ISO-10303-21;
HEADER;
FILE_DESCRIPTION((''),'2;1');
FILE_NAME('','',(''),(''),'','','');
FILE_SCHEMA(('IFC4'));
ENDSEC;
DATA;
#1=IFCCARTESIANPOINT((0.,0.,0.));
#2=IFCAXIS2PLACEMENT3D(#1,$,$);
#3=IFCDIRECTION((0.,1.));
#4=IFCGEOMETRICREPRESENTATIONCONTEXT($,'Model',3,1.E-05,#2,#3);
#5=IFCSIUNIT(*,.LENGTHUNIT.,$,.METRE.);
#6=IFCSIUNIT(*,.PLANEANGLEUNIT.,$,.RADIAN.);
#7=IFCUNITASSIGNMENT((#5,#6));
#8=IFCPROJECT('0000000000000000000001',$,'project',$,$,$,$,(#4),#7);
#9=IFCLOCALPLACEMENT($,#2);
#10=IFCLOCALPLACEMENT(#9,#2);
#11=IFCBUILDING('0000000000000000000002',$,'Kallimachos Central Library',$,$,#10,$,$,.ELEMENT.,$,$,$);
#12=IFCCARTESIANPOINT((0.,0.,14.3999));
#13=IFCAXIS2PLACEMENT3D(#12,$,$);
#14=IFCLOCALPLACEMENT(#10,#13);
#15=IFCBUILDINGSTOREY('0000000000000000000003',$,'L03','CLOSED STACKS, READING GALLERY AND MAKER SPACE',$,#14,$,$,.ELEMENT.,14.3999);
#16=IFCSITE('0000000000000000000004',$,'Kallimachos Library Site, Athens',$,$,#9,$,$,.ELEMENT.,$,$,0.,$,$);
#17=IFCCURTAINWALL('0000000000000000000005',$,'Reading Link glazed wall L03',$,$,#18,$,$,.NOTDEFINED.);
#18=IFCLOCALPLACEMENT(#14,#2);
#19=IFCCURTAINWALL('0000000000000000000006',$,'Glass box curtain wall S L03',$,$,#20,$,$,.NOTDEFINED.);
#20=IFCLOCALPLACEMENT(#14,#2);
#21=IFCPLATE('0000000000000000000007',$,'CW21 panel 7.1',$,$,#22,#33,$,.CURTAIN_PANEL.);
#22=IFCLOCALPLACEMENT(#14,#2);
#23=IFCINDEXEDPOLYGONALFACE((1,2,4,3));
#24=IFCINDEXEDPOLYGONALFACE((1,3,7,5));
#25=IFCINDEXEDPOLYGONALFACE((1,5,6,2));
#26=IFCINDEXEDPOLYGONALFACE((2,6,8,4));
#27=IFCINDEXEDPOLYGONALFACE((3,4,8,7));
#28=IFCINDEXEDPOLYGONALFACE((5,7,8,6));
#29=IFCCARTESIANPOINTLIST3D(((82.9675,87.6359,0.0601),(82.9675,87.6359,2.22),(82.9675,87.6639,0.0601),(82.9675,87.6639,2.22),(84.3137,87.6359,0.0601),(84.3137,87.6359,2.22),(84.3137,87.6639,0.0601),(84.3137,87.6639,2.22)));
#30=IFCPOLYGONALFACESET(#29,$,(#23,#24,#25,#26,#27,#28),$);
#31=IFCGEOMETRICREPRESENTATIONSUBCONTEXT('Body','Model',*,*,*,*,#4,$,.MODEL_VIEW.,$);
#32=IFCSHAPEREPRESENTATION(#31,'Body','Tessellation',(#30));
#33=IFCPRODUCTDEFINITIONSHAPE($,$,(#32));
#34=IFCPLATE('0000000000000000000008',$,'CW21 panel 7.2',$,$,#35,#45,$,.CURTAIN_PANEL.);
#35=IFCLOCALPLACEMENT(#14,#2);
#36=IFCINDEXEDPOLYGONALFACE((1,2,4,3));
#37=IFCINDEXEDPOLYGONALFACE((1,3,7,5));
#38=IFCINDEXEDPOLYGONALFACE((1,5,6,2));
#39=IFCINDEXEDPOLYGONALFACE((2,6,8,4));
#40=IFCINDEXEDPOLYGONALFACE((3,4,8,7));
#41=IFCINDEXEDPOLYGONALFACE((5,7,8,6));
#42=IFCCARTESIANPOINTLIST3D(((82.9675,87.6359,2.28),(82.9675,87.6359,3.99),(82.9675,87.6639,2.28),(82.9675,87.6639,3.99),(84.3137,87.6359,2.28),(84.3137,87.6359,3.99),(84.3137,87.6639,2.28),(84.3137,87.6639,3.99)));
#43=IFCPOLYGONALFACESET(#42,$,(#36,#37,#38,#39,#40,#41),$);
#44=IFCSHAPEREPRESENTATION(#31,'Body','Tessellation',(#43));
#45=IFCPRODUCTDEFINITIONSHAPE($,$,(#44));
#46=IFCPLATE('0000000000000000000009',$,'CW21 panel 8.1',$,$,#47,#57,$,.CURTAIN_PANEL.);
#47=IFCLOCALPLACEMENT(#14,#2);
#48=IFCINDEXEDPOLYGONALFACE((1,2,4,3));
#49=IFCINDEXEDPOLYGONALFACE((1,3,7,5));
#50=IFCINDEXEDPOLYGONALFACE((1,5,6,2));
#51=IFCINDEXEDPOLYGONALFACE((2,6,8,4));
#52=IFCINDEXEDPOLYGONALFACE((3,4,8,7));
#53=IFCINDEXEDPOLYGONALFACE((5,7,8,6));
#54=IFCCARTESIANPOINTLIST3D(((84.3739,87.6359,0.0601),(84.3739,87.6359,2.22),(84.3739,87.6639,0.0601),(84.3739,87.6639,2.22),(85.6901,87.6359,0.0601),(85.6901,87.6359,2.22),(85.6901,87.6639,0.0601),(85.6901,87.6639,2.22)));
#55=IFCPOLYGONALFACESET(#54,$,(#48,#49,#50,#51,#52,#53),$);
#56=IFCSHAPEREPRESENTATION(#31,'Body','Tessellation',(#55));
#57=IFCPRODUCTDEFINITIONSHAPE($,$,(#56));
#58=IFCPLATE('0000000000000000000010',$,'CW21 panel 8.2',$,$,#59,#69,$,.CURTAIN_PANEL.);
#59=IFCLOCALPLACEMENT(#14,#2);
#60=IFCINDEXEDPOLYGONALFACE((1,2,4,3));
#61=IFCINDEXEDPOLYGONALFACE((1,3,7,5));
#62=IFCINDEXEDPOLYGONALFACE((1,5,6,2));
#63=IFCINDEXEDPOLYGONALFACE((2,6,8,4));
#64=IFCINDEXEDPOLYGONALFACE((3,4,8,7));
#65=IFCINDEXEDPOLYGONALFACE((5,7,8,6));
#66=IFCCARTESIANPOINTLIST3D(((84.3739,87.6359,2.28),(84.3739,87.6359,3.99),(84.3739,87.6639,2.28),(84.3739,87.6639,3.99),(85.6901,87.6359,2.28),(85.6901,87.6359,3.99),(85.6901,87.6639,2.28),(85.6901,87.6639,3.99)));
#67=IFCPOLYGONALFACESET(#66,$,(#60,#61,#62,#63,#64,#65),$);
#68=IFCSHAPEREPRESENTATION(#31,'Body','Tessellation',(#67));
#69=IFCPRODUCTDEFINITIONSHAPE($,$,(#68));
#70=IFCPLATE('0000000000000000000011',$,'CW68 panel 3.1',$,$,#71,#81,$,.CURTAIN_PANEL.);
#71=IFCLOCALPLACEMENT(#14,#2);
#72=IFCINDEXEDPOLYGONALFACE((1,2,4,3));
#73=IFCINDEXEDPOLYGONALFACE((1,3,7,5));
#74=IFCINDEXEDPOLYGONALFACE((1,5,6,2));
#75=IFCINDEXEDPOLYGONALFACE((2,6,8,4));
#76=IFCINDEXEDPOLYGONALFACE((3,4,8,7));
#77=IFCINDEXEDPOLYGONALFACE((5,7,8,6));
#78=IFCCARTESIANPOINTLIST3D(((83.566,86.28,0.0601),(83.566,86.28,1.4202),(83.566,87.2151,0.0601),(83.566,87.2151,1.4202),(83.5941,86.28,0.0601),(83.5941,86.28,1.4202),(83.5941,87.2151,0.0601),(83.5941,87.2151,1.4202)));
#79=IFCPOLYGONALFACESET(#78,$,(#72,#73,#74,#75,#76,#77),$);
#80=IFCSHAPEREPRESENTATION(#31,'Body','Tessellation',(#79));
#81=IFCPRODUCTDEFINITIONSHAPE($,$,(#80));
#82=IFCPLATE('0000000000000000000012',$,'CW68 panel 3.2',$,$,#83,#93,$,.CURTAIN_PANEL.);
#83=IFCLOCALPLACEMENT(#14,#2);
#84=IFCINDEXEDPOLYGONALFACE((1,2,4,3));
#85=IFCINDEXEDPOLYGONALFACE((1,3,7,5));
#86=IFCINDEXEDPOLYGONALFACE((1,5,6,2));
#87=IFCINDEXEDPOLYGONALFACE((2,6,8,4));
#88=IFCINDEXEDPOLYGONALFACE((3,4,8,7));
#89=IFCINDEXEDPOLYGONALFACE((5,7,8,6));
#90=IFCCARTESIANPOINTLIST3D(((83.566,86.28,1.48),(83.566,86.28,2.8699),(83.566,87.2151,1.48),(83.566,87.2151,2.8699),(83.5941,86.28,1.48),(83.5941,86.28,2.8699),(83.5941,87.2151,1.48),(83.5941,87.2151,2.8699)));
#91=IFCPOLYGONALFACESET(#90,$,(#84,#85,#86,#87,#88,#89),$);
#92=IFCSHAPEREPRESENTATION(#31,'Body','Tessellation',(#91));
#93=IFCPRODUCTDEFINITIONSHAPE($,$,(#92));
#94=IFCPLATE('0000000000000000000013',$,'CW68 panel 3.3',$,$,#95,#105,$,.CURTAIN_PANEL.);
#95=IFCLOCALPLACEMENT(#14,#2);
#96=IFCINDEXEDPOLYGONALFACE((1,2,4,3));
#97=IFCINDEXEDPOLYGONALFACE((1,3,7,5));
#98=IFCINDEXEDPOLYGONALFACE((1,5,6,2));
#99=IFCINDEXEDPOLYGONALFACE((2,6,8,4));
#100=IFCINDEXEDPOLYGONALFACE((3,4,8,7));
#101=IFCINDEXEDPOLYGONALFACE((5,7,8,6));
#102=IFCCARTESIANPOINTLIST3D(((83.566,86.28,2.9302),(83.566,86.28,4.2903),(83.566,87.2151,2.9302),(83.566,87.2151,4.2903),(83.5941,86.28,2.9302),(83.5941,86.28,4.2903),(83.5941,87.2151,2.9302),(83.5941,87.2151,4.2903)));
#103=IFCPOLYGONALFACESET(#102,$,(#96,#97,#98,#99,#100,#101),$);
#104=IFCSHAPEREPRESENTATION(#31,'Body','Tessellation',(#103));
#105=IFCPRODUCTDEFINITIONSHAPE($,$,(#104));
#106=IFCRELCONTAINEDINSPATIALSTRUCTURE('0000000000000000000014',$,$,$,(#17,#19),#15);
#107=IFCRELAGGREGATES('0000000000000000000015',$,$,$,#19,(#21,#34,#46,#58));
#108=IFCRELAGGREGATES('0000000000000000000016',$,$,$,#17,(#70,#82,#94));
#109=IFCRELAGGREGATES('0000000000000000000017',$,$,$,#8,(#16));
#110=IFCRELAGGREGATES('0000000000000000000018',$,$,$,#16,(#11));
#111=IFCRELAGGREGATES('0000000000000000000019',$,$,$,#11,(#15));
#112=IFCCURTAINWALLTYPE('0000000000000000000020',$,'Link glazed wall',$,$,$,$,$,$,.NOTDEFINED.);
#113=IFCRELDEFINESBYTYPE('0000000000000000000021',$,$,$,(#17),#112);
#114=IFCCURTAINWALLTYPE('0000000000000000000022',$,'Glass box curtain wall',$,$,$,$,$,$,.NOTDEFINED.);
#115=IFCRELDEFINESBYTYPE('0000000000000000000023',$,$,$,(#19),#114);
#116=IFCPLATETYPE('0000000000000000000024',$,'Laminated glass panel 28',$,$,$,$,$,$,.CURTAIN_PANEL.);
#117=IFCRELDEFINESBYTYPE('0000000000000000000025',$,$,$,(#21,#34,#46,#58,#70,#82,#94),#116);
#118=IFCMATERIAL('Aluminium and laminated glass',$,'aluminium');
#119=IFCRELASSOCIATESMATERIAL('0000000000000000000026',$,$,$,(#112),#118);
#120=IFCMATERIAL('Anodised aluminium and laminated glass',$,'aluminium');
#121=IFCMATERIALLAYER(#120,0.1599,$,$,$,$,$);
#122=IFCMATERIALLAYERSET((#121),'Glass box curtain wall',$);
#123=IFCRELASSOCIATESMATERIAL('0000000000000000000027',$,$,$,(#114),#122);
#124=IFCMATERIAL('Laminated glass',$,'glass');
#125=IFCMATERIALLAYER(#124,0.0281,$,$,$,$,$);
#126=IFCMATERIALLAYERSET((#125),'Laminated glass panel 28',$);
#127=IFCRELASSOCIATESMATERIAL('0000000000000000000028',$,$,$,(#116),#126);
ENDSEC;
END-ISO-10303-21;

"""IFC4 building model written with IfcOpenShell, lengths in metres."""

from ifc_helpers import new_model, si_unit, direction, frame, origin, origin_2d, place, context, subcontext, project, spatial, rectangle, extrude, material, layer, layer_set, type_object, element, aggregate, save


model = new_model("IFC4")

# Units and contexts
model_context = context("Model", 3, precision=1e-05, world=origin(), true_north=direction((0.0, 1.0)))
body_context = subcontext(model_context, "Body", "Model", "MODEL_VIEW")
ifc_project = project(units=[si_unit("LENGTHUNIT", "METRE"), si_unit("PLANEANGLEUNIT", "RADIAN")], contexts=[model_context])

# Site, building, storey
site_placement = place(None, origin())
site = spatial("IfcSite", under=ifc_project, at=site_placement, Name="Kallimachos Library Site, Athens", CompositionType="ELEMENT", RefElevation=0.0)
building_placement = place(site_placement, origin())
building = spatial("IfcBuilding", under=site, at=building_placement, Name="Kallimachos Central Library", CompositionType="ELEMENT")
storey_placement = place(building_placement, frame((0.0, 0.0, 14.3999)))
storey = spatial("IfcBuildingStorey", under=building, at=storey_placement, Name="L03", Description="CLOSED STACKS, READING GALLERY AND MAKER SPACE", CompositionType="ELEMENT", Elevation=14.3999)

# Curtain walls
ifc_material_1 = material(Name="Aluminium and laminated glass", Category="aluminium")
curtain_wall_type_1 = type_object("IfcCurtainWallType", Name="Link glazed wall", PredefinedType="NOTDEFINED", material=ifc_material_1)
curtain_wall_1_placement = place(storey_placement, origin())
curtain_wall_1 = element("IfcCurtainWall", 1, at=curtain_wall_1_placement, inside=storey, type_object=curtain_wall_type_1, Name="Reading Link glazed wall L03", PredefinedType="NOTDEFINED")
ifc_material_2 = material(Name="Anodised aluminium and laminated glass", Category="aluminium")
ifc_layer_1 = layer(ifc_material_2, 0.1599)
ifc_layer_set_1 = layer_set([ifc_layer_1], Name="Glass box curtain wall")
curtain_wall_type_2 = type_object("IfcCurtainWallType", Name="Glass box curtain wall", PredefinedType="NOTDEFINED", material=ifc_layer_set_1)
curtain_wall_2_placement = place(storey_placement, origin())
curtain_wall_2 = element("IfcCurtainWall", 2, at=curtain_wall_2_placement, inside=storey, type_object=curtain_wall_type_2, Name="Glass box curtain wall S L03", PredefinedType="NOTDEFINED")

# Plates
ifc_material_3 = material(Name="Laminated glass", Category="glass")
ifc_layer_2 = layer(ifc_material_3, 0.0281)
ifc_layer_set_2 = layer_set([ifc_layer_2], Name="Laminated glass panel 28")
plate_type_1 = type_object("IfcPlateType", Name="Laminated glass panel 28", PredefinedType="CURTAIN_PANEL", material=ifc_layer_set_2)
plate_1_placement = place(storey_placement, frame((83.6406, 87.6499, 0.0601), z_axis=(0.0, 0.0, 1.0), x_axis=(1.0, 0.0, 0.0)))
plate_1 = element("IfcPlate", 3, at=plate_1_placement, type_object=plate_type_1, Name="CW21 panel 7.1", PredefinedType="CURTAIN_PANEL", context=body_context, shape_type="SweptSolid", body=[
    extrude(rectangle(XDim=1.3462, YDim=0.0281, at=origin_2d()), origin(), (0.0, 0.0, 1.0), 2.1599),
])
plate_2_placement = place(storey_placement, frame((83.6406, 87.6499, 2.28), z_axis=(0.0, 0.0, 1.0), x_axis=(1.0, 0.0, 0.0)))
plate_2 = element("IfcPlate", 4, at=plate_2_placement, type_object=plate_type_1, Name="CW21 panel 7.2", PredefinedType="CURTAIN_PANEL", context=body_context, shape_type="SweptSolid", body=[
    extrude(rectangle(XDim=1.3462, YDim=0.0281, at=origin_2d()), origin(), (0.0, 0.0, 1.0), 1.71),
])
plate_3_placement = place(storey_placement, frame((85.032, 87.6499, 0.0601), z_axis=(0.0, 0.0, 1.0), x_axis=(1.0, 0.0, 0.0)))
plate_3 = element("IfcPlate", 5, at=plate_3_placement, type_object=plate_type_1, Name="CW21 panel 8.1", PredefinedType="CURTAIN_PANEL", context=body_context, shape_type="SweptSolid", body=[
    extrude(rectangle(XDim=1.3162, YDim=0.0281, at=origin_2d()), origin(), (0.0, 0.0, 1.0), 2.1599),
])
plate_4_placement = place(storey_placement, frame((85.032, 87.6499, 2.28), z_axis=(0.0, 0.0, 1.0), x_axis=(1.0, 0.0, 0.0)))
plate_4 = element("IfcPlate", 6, at=plate_4_placement, type_object=plate_type_1, Name="CW21 panel 8.2", PredefinedType="CURTAIN_PANEL", context=body_context, shape_type="SweptSolid", body=[
    extrude(rectangle(XDim=1.3162, YDim=0.0281, at=origin_2d()), origin(), (0.0, 0.0, 1.0), 1.71),
])
aggregate(curtain_wall_2, [plate_1, plate_2, plate_3, plate_4])
plate_5_placement = place(storey_placement, frame((83.5801, 86.7476, 0.0601), z_axis=(0.0, 0.0, 1.0), x_axis=(0.0, 1.0, 0.0)))
plate_5 = element("IfcPlate", 7, at=plate_5_placement, type_object=plate_type_1, Name="CW68 panel 3.1", PredefinedType="CURTAIN_PANEL", context=body_context, shape_type="SweptSolid", body=[
    extrude(rectangle(XDim=0.9351, YDim=0.0281, at=origin_2d()), origin(), (0.0, 0.0, 1.0), 1.3601),
])
plate_6_placement = place(storey_placement, frame((83.5801, 86.7476, 1.48), z_axis=(0.0, 0.0, 1.0), x_axis=(0.0, 1.0, 0.0)))
plate_6 = element("IfcPlate", 8, at=plate_6_placement, type_object=plate_type_1, Name="CW68 panel 3.2", PredefinedType="CURTAIN_PANEL", context=body_context, shape_type="SweptSolid", body=[
    extrude(rectangle(XDim=0.9351, YDim=0.0281, at=origin_2d()), origin(), (0.0, 0.0, 1.0), 1.3899),
])
plate_7_placement = place(storey_placement, frame((83.5801, 86.7476, 2.9302), z_axis=(0.0, 0.0, 1.0), x_axis=(0.0, 1.0, 0.0)))
plate_7 = element("IfcPlate", 9, at=plate_7_placement, type_object=plate_type_1, Name="CW68 panel 3.3", PredefinedType="CURTAIN_PANEL", context=body_context, shape_type="SweptSolid", body=[
    extrude(rectangle(XDim=0.9351, YDim=0.0281, at=origin_2d()), origin(), (0.0, 0.0, 1.0), 1.3601),
])
aggregate(curtain_wall_1, [plate_5, plate_6, plate_7])

save(model, "model.ifc")
